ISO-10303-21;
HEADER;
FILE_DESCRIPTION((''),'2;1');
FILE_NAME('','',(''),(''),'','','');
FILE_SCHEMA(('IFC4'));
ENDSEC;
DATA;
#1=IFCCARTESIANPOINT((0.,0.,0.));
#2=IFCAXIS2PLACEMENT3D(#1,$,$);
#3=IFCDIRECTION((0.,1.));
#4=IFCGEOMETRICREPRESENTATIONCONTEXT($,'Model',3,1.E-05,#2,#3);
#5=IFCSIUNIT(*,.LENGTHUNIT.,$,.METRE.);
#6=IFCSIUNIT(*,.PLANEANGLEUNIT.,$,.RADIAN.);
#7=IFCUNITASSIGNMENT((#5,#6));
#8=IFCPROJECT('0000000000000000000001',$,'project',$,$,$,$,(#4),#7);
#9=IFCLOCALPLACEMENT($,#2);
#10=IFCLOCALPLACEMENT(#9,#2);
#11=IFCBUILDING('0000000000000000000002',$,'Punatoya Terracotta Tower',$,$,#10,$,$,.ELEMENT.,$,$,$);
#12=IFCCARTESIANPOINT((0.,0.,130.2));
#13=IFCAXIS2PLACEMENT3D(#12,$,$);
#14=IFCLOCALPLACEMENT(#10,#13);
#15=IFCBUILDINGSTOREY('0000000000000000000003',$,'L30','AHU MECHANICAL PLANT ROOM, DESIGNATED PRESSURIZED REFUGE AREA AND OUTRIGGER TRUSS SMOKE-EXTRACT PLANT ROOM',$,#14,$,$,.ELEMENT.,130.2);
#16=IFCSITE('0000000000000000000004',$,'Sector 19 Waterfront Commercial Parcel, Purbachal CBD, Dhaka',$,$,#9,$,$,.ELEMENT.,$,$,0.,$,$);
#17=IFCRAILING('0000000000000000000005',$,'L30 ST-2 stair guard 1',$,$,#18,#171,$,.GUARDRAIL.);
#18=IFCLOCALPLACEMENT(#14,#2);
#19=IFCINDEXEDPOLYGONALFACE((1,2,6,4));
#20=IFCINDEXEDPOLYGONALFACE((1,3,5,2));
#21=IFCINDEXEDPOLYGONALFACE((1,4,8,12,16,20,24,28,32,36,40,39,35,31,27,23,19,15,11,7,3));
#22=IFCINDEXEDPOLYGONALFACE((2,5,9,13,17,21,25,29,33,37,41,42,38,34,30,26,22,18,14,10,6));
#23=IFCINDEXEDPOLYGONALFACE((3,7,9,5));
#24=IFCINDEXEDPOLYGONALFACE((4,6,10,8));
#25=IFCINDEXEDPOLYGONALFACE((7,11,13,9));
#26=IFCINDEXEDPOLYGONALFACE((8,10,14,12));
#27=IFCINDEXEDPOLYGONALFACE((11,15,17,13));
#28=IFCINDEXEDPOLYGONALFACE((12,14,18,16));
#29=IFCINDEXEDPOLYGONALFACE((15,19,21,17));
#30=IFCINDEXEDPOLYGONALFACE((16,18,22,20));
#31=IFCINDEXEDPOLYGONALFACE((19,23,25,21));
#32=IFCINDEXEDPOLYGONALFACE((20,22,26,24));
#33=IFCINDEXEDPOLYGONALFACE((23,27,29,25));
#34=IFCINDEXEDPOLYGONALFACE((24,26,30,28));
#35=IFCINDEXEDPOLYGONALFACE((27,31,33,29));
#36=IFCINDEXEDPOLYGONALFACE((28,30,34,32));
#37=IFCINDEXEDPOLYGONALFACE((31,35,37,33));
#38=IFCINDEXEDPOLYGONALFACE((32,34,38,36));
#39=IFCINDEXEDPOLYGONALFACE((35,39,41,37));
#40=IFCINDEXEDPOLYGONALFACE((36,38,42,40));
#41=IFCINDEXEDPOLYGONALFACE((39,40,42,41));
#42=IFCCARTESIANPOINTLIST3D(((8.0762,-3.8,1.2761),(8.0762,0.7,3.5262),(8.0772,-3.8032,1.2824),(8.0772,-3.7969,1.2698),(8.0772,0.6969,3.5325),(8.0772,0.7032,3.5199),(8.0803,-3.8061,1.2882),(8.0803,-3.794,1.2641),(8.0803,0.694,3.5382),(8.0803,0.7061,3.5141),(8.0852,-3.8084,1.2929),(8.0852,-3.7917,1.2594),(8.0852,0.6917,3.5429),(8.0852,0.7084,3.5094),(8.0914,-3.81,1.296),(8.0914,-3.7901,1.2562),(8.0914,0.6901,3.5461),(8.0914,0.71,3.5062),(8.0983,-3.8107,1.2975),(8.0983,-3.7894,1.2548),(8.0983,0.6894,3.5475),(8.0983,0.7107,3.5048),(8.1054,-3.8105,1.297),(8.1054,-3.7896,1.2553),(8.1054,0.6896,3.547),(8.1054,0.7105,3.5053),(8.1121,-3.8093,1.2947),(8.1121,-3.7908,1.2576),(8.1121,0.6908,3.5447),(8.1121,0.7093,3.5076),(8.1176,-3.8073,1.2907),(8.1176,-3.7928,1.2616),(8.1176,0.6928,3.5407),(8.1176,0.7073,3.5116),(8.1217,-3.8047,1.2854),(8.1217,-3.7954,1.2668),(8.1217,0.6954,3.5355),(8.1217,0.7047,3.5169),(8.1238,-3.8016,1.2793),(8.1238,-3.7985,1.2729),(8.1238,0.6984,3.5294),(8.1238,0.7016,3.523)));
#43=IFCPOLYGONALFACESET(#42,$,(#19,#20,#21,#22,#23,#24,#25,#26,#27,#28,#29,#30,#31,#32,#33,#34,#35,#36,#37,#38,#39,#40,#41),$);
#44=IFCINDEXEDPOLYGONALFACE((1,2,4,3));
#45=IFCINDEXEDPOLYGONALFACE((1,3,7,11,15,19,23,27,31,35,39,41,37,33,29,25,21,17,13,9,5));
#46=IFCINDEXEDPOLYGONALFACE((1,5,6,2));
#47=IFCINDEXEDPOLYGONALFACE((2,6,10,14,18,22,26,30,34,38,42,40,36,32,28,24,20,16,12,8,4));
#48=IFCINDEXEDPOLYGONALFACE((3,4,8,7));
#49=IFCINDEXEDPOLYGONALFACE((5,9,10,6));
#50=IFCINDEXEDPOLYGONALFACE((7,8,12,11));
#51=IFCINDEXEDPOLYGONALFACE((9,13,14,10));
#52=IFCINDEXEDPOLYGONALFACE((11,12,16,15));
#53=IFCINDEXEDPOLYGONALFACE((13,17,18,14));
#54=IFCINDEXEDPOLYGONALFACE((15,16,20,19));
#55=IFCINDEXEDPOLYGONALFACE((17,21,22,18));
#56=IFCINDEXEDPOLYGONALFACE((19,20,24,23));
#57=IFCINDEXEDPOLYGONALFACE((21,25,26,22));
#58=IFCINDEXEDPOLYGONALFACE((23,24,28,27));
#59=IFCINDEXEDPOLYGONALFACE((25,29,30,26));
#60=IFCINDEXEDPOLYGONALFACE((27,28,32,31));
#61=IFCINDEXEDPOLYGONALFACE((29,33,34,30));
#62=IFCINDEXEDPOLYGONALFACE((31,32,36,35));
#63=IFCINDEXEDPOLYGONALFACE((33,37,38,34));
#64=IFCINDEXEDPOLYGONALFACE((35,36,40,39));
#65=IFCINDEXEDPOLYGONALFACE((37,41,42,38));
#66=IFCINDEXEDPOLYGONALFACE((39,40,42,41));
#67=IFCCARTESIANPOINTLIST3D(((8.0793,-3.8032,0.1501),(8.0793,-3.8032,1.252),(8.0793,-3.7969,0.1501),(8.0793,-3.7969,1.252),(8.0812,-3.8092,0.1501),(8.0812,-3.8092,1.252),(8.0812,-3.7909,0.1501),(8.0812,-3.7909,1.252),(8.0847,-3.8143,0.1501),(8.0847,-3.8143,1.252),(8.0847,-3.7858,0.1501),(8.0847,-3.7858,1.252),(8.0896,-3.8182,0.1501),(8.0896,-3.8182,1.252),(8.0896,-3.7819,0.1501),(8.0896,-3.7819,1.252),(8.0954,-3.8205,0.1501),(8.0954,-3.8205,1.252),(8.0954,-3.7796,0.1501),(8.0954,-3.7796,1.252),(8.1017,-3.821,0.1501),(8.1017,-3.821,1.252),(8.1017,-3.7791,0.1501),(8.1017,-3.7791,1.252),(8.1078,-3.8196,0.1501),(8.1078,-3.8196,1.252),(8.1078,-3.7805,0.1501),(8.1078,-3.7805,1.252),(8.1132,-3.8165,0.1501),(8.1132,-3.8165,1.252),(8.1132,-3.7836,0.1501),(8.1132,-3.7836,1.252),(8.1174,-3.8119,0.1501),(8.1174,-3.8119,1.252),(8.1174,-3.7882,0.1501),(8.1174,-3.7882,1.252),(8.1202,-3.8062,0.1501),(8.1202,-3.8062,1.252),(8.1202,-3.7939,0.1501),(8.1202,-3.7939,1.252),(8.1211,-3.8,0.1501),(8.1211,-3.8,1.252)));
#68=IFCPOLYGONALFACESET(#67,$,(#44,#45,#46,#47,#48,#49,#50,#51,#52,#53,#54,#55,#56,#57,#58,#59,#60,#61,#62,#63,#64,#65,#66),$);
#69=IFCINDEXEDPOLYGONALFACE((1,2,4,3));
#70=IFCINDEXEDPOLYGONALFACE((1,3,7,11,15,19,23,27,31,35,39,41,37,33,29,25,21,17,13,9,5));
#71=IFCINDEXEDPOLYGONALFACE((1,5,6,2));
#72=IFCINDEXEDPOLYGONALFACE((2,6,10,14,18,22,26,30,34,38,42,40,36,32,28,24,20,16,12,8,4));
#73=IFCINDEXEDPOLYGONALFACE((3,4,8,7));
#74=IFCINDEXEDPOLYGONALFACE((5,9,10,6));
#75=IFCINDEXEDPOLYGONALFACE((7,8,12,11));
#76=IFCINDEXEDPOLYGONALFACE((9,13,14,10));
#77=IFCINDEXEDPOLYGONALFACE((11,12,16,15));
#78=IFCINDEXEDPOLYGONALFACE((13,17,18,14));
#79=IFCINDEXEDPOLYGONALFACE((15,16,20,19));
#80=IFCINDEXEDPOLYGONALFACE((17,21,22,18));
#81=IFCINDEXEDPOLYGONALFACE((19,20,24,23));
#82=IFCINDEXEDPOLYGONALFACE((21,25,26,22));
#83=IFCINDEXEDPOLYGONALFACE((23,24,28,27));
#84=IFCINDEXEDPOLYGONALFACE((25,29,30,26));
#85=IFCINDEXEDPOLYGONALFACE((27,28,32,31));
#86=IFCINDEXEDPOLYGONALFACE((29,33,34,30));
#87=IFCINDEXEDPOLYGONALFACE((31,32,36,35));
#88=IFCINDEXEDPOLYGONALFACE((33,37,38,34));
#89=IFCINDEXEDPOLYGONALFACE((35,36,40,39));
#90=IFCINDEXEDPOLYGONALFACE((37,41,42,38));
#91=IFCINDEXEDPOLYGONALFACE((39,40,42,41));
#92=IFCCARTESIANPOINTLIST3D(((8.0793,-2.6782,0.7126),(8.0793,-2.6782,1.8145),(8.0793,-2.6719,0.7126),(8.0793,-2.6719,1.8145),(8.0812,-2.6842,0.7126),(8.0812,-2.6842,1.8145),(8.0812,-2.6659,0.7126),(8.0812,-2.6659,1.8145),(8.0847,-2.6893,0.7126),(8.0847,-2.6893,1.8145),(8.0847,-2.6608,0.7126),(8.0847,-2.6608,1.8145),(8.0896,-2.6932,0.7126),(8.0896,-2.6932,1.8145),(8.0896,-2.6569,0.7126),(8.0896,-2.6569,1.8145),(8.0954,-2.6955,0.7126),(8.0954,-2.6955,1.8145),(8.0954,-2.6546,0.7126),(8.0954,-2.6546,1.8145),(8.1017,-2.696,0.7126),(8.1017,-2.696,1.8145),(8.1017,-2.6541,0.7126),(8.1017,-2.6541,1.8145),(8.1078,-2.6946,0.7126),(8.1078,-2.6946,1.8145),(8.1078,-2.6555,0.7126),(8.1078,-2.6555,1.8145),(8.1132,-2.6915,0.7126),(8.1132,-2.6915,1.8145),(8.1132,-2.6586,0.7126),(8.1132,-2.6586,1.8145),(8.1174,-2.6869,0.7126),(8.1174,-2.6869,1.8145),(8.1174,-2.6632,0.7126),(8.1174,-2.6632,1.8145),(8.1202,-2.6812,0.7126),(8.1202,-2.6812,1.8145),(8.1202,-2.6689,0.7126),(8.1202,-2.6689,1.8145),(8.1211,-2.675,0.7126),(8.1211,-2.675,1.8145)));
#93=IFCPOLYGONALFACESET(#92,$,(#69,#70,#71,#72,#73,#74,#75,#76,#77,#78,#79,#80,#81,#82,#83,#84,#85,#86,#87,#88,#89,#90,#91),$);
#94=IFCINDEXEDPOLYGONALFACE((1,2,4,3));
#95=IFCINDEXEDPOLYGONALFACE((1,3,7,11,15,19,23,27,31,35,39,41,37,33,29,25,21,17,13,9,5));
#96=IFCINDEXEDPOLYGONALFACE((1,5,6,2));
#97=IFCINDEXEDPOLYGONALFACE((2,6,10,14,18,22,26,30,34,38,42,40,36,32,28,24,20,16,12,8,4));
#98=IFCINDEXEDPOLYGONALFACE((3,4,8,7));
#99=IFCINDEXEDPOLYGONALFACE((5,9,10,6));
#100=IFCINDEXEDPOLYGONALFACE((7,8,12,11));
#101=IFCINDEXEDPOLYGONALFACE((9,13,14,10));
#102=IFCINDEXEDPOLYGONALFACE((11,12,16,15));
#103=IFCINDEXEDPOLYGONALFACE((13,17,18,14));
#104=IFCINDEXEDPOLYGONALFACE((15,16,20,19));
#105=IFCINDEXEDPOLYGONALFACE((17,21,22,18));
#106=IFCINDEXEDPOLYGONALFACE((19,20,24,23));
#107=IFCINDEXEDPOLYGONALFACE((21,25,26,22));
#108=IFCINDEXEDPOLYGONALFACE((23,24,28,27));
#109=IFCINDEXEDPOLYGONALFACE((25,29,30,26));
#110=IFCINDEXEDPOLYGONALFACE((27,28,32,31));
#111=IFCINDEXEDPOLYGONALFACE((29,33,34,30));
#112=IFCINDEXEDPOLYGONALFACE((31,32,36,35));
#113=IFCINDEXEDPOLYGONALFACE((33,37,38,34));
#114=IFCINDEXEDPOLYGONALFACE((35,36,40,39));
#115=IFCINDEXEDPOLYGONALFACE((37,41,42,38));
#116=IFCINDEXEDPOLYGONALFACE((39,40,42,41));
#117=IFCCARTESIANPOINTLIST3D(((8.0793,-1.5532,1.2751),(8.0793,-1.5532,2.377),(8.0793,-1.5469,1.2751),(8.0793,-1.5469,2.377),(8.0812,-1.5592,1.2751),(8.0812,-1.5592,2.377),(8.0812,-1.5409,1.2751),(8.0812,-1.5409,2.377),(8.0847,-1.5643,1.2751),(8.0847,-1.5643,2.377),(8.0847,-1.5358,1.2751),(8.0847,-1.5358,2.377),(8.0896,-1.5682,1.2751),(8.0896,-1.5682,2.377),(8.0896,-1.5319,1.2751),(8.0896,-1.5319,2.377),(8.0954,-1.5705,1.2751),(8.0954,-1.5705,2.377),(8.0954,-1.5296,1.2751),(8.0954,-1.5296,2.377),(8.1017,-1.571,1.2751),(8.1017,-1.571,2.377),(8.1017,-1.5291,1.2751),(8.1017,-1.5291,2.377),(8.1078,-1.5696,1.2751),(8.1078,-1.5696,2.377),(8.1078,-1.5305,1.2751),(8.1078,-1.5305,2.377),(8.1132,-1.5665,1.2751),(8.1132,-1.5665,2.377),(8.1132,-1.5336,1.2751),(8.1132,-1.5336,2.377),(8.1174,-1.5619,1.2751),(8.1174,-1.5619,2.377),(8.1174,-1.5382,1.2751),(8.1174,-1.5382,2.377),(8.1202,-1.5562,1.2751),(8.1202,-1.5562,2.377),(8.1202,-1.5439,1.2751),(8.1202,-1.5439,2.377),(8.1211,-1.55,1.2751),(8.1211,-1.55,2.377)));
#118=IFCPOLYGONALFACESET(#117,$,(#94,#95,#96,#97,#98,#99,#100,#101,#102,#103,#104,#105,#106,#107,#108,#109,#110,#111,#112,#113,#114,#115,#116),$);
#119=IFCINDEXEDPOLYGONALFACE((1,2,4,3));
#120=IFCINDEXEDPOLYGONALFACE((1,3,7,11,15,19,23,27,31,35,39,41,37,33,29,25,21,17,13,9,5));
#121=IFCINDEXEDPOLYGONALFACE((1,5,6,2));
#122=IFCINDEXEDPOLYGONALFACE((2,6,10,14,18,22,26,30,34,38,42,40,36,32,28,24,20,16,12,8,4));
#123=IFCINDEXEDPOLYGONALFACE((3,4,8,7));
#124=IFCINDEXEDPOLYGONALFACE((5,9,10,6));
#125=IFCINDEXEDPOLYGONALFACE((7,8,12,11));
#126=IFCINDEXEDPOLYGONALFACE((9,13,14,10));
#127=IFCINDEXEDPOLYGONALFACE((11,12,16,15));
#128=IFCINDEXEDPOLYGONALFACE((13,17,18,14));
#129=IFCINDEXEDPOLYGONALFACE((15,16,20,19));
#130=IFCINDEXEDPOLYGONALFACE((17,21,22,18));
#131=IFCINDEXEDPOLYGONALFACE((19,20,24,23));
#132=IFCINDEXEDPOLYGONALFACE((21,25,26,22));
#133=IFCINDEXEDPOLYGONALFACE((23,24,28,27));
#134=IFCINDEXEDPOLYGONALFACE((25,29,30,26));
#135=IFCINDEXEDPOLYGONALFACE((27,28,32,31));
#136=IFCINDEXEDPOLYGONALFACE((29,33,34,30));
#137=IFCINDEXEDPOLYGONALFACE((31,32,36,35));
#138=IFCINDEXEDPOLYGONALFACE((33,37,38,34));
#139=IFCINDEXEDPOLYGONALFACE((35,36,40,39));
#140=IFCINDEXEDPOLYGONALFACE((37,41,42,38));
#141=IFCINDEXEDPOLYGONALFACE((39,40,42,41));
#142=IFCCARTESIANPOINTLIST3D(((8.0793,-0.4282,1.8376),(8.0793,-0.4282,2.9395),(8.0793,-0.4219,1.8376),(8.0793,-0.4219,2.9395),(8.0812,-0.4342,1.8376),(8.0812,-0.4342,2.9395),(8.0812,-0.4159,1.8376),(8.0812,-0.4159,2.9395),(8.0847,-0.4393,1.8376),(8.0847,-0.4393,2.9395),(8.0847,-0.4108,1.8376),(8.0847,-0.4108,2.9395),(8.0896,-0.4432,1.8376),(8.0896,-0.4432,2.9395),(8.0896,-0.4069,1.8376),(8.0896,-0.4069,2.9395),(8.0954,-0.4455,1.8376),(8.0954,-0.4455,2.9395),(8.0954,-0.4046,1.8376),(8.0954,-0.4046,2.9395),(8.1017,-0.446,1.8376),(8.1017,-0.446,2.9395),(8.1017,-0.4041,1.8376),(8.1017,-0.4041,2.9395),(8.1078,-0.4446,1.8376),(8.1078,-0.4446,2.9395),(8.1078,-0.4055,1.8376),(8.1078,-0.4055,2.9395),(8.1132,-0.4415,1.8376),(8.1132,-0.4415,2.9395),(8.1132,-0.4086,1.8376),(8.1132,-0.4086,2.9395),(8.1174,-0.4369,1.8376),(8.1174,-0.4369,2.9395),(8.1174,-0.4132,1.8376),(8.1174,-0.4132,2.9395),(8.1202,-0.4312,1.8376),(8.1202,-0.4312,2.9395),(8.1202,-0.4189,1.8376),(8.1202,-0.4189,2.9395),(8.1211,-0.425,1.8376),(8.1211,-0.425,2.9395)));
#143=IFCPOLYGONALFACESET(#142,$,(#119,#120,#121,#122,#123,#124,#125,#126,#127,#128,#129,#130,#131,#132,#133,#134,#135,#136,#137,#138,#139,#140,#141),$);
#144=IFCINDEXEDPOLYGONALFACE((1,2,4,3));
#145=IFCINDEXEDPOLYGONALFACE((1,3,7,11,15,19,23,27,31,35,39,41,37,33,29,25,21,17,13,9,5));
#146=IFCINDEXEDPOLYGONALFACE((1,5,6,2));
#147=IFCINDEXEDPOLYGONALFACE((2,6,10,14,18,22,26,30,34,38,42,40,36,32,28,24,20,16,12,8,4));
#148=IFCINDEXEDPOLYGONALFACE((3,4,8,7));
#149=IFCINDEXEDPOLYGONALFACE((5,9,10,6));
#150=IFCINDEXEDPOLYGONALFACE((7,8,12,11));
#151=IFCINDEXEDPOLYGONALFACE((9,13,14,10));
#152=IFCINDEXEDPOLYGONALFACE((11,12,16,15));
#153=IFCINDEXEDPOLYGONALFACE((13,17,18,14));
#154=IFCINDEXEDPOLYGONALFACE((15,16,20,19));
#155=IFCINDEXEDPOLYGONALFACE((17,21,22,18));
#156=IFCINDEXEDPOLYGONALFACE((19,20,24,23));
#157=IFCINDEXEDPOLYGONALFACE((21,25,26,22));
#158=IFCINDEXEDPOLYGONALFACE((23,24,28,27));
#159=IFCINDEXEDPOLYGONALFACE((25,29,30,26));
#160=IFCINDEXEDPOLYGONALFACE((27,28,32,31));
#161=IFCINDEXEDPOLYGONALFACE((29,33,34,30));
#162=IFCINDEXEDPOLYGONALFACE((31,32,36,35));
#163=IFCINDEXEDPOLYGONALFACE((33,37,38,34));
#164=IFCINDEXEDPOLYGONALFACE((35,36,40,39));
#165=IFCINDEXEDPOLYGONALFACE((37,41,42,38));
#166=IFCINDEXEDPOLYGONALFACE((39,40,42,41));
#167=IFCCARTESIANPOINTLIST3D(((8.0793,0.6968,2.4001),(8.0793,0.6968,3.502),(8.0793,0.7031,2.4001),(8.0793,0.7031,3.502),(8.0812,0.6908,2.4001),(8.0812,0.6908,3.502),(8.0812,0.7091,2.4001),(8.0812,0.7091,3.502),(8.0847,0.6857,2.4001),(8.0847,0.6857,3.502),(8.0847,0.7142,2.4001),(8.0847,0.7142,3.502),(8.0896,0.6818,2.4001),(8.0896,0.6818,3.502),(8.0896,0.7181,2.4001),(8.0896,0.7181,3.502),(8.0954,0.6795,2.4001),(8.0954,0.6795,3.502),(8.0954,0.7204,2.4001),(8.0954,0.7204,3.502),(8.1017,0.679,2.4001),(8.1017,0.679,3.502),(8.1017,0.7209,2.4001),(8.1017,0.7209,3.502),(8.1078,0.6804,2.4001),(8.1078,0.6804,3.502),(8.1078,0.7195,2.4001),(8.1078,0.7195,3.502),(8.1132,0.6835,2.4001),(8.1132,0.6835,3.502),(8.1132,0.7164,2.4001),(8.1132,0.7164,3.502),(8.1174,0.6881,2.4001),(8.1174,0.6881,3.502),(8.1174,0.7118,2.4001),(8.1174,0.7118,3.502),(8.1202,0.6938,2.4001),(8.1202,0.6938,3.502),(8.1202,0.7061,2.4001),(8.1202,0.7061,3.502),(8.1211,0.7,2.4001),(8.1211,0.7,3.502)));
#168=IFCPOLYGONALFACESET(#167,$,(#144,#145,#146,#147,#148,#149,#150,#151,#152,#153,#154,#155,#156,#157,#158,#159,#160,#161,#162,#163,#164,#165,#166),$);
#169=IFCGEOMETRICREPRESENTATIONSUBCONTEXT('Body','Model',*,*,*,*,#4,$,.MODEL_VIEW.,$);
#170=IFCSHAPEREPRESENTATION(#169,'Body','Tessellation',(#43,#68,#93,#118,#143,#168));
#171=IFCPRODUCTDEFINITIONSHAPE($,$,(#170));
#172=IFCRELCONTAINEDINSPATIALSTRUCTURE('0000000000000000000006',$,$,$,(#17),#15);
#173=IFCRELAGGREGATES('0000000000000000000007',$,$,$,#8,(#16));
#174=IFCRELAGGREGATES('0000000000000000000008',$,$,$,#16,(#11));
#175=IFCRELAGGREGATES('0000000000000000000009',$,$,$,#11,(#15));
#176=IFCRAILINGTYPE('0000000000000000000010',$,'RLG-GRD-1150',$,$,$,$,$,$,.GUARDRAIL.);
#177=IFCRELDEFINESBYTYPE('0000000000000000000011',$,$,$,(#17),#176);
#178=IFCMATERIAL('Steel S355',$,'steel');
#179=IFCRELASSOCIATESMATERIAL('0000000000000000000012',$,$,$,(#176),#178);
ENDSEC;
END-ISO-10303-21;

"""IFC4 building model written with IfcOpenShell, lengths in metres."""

from ifc_helpers import new_model, si_unit, direction, frame, origin, origin_2d, place, context, subcontext, project, spatial, circle, extrude, material, type_object, element, save


model = new_model("IFC4")

# Units and contexts
model_context = context("Model", 3, precision=1e-05, world=origin(), true_north=direction((0.0, 1.0)))
body_context = subcontext(model_context, "Body", "Model", "MODEL_VIEW")
ifc_project = project(units=[si_unit("LENGTHUNIT", "METRE"), si_unit("PLANEANGLEUNIT", "RADIAN")], contexts=[model_context])

# Site, building, storey
site_placement = place(None, origin())
site = spatial("IfcSite", under=ifc_project, at=site_placement, Name="Sector 19 Waterfront Commercial Parcel, Purbachal CBD, Dhaka", CompositionType="ELEMENT", RefElevation=0.0)
building_placement = place(site_placement, origin())
building = spatial("IfcBuilding", under=site, at=building_placement, Name="Punatoya Terracotta Tower", CompositionType="ELEMENT")
storey_placement = place(building_placement, frame((0.0, 0.0, 130.2)))
storey = spatial("IfcBuildingStorey", under=building, at=storey_placement, Name="L30", Description="AHU MECHANICAL PLANT ROOM, DESIGNATED PRESSURIZED REFUGE AREA AND OUTRIGGER TRUSS SMOKE-EXTRACT PLANT ROOM", CompositionType="ELEMENT", Elevation=130.2)

# Shared definitions
ifc_material_1 = material(Name="Steel S355", Category="steel")

# Railing
railing_type_1 = type_object("IfcRailingType", Name="RLG-GRD-1150", PredefinedType="GUARDRAIL", material=ifc_material_1)
railing_1_placement = place(storey_placement, frame((8.1001, -3.8, 0.1501)))
element("IfcRailing", 1, at=railing_1_placement, inside=storey, type_object=railing_type_1, Name="L30 ST-2 stair guard 1", PredefinedType="GUARDRAIL", context=body_context, shape_type="SweptSolid", body=[
    extrude(circle(Radius=0.0239, at=origin_2d()), frame((0.0, 0.0, 1.126), z_axis=(0.0, 0.894427, 0.447214), x_axis=(-1.0, 0.0, 0.0)), (0.0, 0.0, 1.0), 5.0312),
    extrude(circle(Radius=0.021, at=origin_2d()), origin(), (0.0, 0.0, 1.0), 1.1018),
    extrude(circle(Radius=0.021, at=origin_2d()), frame((0.0, 1.125, 0.5625)), (0.0, 0.0, 1.0), 1.1018),
    extrude(circle(Radius=0.021, at=origin_2d()), frame((0.0, 2.25, 1.125)), (0.0, 0.0, 1.0), 1.1018),
    extrude(circle(Radius=0.021, at=origin_2d()), frame((0.0, 3.375, 1.6875)), (0.0, 0.0, 1.0), 1.1018),
    extrude(circle(Radius=0.021, at=origin_2d()), frame((0.0, 4.5, 2.25)), (0.0, 0.0, 1.0), 1.1018),
])

save(model, "model.ifc")
